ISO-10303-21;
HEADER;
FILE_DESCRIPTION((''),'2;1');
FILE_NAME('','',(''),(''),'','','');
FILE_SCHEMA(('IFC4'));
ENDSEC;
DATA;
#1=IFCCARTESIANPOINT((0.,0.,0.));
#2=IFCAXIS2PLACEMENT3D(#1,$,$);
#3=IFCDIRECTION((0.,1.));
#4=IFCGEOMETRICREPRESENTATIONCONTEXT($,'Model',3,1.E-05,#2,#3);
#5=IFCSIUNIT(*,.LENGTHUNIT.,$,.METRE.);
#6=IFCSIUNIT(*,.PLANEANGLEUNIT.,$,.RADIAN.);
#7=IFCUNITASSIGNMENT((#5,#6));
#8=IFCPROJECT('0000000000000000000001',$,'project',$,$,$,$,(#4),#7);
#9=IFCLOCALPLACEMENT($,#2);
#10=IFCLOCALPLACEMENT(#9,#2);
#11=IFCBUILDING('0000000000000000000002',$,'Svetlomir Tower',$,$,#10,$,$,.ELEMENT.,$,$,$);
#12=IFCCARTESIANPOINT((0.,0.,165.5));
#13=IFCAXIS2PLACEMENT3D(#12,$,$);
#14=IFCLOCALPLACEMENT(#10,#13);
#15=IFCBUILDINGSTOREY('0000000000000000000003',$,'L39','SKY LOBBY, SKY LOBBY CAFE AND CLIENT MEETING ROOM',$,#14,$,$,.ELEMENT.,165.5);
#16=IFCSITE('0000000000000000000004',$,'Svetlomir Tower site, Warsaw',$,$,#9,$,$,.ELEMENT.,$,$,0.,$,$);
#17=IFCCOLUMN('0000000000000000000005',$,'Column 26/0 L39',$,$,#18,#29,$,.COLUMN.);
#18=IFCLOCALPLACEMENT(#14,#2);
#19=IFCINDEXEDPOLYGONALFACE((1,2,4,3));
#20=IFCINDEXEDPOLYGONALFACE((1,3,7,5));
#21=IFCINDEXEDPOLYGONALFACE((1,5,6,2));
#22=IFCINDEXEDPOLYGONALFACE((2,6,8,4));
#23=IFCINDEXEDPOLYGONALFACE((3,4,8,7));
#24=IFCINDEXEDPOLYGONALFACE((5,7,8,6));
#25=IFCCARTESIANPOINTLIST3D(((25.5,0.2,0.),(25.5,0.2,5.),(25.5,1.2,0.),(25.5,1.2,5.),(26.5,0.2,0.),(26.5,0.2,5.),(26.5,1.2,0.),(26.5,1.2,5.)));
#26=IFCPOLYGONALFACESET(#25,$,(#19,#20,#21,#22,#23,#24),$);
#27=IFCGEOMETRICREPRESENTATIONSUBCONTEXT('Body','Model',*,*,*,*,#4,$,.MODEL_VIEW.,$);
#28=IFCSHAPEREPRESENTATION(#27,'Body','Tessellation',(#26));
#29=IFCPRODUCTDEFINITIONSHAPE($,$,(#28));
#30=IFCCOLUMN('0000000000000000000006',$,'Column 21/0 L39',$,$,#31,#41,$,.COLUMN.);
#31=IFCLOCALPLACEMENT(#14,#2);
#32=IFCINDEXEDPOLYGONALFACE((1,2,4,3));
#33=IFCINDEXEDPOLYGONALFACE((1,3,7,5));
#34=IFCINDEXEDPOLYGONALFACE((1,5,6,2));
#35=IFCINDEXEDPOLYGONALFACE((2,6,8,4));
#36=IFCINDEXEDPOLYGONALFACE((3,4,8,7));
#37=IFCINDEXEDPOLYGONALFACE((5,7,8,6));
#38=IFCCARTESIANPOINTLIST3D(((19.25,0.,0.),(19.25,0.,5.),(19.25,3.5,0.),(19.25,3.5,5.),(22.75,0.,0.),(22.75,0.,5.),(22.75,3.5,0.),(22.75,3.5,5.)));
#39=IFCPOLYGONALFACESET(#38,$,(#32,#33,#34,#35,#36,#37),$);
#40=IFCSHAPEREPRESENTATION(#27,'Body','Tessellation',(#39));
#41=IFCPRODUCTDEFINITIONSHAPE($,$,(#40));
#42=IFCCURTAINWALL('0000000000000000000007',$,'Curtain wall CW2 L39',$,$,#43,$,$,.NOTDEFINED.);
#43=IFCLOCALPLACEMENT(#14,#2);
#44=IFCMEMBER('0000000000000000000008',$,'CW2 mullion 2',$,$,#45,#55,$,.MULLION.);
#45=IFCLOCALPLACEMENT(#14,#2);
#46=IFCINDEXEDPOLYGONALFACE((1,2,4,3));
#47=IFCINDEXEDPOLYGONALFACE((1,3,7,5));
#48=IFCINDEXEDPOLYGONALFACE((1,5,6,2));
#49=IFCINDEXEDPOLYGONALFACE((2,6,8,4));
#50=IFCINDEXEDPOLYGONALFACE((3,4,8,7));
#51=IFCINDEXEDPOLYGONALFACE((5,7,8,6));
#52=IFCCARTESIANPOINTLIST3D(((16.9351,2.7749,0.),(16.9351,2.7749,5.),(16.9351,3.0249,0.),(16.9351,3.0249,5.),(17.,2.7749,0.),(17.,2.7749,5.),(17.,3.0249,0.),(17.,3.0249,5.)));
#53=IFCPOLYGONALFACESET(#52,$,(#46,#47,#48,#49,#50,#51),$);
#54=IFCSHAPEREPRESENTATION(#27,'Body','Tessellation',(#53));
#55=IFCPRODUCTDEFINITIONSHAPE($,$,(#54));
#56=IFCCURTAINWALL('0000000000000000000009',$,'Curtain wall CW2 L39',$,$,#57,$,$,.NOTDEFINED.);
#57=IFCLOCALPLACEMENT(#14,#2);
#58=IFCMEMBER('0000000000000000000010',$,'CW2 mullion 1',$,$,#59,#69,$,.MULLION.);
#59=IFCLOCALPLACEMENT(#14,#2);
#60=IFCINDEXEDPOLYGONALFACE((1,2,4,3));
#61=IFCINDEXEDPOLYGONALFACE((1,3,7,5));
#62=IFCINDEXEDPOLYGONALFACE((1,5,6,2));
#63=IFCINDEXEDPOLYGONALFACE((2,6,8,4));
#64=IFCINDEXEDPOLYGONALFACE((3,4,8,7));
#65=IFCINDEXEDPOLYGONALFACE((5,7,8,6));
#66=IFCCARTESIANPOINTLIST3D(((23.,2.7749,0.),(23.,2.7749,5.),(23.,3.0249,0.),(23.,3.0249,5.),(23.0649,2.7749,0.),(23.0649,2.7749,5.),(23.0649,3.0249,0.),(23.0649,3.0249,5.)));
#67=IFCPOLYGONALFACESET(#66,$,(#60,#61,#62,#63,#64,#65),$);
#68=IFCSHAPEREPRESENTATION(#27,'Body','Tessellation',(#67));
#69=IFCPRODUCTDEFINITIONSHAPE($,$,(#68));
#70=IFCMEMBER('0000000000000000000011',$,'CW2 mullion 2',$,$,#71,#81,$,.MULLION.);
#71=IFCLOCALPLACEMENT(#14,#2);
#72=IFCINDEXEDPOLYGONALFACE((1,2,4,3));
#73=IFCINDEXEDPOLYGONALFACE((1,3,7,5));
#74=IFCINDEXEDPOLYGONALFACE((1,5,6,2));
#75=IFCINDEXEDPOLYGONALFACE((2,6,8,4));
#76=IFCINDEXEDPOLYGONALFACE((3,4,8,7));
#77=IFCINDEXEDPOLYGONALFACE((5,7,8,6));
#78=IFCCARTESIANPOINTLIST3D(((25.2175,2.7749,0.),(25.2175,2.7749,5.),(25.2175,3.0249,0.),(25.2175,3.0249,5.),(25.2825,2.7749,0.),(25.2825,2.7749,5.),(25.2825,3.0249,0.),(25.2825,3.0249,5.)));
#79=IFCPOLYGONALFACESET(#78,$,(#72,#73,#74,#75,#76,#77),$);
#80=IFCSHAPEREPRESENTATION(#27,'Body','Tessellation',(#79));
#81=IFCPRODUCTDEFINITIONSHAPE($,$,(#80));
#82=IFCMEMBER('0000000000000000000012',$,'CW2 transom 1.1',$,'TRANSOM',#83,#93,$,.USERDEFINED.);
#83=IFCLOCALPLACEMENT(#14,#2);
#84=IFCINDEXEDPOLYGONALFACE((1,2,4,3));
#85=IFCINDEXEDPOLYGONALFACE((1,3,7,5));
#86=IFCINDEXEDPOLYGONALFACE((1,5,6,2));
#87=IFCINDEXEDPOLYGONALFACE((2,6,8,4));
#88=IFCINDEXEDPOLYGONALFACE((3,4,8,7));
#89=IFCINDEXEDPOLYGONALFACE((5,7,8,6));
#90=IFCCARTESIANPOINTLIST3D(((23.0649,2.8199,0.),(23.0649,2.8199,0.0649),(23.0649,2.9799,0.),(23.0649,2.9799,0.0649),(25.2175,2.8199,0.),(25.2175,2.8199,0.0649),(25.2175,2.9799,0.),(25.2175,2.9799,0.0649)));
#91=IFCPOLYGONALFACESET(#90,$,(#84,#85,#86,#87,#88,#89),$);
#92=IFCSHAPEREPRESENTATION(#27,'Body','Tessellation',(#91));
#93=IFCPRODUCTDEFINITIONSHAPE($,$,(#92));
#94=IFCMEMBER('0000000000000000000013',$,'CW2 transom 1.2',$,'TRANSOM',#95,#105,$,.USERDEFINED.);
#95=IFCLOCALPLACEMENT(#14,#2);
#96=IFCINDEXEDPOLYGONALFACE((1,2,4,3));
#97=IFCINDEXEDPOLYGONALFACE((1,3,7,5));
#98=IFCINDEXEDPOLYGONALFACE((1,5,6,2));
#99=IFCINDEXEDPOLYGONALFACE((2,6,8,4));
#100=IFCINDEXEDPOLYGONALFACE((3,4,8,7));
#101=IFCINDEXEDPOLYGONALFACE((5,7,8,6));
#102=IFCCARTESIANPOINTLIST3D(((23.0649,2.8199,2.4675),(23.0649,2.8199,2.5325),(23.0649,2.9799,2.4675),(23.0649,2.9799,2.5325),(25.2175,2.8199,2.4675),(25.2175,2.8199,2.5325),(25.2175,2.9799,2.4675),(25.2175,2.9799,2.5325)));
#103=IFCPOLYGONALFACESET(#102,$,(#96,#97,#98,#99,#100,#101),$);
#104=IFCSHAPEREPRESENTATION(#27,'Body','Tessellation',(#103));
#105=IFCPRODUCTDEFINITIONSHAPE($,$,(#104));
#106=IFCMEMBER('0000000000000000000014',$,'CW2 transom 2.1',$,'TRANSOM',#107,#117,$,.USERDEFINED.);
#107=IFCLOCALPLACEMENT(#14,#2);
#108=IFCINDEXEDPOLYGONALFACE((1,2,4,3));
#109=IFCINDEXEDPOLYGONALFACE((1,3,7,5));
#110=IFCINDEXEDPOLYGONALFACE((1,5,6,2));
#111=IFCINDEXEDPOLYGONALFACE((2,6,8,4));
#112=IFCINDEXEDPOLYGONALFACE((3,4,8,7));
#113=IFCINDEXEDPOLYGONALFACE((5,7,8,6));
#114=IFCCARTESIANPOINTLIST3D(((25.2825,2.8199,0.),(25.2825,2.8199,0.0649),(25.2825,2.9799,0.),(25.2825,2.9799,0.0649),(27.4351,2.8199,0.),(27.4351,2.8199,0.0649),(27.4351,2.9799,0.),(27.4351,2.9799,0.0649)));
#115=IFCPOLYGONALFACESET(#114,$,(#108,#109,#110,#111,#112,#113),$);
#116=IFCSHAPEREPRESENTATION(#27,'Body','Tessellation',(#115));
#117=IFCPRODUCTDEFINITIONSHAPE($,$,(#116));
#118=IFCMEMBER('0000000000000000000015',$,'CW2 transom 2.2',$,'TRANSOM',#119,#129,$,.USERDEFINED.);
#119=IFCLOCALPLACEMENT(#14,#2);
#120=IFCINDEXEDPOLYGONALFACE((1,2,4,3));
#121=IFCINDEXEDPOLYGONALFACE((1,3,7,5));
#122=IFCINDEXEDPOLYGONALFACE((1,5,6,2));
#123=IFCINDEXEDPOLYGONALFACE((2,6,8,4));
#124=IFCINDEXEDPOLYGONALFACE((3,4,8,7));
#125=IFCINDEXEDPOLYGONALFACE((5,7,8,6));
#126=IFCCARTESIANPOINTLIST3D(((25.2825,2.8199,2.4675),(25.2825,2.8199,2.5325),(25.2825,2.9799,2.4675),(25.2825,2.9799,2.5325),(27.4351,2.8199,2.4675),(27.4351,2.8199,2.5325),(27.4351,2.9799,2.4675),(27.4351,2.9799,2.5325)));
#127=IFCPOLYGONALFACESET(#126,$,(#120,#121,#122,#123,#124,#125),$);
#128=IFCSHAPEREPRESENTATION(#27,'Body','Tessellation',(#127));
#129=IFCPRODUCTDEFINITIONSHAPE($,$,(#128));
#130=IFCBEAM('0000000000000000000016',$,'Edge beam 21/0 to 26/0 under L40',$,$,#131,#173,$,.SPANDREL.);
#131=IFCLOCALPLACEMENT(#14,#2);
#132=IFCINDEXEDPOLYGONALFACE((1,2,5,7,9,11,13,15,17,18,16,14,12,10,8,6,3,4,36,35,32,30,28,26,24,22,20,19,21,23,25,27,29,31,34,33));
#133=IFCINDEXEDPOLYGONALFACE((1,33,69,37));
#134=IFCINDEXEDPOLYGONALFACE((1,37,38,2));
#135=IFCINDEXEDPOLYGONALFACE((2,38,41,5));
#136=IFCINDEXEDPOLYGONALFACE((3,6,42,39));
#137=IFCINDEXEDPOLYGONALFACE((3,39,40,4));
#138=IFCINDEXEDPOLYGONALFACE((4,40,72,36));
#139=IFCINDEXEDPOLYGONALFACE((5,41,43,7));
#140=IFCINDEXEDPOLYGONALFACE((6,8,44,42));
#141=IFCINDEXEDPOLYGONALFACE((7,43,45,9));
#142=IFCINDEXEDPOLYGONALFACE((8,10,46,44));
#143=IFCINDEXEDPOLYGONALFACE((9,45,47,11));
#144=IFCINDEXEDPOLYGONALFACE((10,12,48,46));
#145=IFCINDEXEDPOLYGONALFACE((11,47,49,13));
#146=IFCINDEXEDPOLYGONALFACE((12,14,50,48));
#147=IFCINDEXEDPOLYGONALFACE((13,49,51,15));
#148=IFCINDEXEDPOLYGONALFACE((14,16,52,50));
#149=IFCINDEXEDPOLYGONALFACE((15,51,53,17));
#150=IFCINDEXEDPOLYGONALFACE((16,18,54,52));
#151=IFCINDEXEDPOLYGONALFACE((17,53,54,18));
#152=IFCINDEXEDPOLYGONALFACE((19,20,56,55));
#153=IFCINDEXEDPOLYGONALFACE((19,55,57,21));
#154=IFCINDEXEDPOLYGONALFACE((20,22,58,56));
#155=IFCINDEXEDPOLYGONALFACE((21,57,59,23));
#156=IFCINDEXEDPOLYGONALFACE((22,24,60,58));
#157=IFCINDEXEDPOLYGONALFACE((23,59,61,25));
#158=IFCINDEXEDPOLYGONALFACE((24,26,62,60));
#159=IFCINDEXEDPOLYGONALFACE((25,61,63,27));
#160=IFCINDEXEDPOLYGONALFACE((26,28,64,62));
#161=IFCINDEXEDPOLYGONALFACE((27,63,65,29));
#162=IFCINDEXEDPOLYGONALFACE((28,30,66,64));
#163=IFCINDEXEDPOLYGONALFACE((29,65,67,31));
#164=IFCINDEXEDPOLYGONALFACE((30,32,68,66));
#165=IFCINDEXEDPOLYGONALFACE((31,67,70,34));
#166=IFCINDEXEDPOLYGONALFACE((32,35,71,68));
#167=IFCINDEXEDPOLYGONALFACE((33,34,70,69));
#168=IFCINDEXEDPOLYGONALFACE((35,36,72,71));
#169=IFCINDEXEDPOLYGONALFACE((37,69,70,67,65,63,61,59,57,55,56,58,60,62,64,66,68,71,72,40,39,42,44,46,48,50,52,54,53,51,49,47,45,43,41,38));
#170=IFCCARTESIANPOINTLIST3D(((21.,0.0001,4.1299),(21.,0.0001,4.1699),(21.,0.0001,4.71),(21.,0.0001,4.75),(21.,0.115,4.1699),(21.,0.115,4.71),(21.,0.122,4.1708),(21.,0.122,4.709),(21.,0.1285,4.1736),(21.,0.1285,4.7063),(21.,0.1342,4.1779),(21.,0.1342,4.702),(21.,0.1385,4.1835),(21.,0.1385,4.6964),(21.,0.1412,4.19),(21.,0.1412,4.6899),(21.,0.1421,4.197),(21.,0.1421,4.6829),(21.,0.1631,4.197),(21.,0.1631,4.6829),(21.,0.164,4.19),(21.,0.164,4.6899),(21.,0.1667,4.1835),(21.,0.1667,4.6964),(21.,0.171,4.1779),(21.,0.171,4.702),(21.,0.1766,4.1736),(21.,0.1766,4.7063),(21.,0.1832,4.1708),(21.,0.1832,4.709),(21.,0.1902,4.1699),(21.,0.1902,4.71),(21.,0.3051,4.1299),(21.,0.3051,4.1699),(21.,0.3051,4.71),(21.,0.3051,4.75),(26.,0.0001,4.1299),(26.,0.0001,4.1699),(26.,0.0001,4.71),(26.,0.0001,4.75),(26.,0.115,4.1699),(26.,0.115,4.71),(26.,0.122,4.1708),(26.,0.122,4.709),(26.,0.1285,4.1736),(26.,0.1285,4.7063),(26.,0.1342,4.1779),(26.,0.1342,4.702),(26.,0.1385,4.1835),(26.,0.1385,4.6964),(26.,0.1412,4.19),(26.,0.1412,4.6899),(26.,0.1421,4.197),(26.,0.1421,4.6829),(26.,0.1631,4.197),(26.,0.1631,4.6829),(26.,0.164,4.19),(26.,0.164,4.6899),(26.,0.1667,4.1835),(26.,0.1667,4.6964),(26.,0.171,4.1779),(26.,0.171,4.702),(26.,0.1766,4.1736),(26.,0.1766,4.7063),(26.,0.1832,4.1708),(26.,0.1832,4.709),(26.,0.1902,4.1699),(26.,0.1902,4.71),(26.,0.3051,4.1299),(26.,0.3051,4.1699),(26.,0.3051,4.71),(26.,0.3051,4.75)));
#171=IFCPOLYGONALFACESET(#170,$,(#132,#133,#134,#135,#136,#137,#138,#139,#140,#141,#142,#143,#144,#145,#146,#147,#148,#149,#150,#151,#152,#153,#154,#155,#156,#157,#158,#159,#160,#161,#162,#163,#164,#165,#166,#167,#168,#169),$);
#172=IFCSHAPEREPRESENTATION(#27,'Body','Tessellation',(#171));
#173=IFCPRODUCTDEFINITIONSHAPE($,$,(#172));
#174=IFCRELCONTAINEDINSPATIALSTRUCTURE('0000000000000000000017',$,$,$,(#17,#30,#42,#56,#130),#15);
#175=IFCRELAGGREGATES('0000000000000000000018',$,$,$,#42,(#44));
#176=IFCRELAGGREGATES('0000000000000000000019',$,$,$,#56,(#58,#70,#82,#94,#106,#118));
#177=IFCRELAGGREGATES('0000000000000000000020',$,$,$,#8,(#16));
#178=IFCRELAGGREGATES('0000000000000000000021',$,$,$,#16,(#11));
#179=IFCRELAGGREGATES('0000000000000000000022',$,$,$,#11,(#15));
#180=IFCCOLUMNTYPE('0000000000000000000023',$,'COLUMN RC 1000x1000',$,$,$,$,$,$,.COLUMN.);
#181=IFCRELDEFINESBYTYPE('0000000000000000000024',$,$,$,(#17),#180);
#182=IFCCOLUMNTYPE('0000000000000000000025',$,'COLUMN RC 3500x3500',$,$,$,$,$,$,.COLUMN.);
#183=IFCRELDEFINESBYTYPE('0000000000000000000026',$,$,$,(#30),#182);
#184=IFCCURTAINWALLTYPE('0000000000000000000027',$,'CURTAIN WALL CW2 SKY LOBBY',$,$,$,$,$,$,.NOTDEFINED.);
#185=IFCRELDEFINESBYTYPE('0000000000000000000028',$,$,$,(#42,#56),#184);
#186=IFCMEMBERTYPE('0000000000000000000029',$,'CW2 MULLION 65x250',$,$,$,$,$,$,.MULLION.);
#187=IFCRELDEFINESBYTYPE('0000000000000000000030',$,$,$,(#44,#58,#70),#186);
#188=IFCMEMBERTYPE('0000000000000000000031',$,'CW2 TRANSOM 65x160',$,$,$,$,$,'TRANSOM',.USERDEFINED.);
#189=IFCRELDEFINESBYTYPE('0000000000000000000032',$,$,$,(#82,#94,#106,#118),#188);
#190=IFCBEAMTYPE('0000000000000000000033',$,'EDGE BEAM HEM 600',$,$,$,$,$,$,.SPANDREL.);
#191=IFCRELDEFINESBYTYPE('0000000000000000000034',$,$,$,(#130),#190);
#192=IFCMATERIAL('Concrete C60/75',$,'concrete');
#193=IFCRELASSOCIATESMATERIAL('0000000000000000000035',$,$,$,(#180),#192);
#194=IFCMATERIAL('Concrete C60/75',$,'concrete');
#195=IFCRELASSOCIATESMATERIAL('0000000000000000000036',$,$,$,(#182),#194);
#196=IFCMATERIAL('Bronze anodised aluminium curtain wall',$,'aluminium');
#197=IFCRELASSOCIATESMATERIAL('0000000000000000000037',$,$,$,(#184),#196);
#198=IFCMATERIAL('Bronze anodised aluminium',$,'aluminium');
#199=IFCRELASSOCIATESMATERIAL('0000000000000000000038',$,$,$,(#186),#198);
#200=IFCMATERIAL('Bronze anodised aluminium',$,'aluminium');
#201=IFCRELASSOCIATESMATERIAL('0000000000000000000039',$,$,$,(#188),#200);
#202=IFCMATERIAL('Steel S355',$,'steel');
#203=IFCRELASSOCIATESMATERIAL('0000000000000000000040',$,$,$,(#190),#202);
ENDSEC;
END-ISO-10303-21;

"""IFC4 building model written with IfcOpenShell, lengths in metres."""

from ifc_helpers import new_model, si_unit, direction, frame, origin, origin_2d, place, context, subcontext, project, spatial, rectangle, i_section, extrude, material, material_profile, profile_set, type_object, element, aggregate, save


model = new_model("IFC4")

# Units and contexts
model_context = context("Model", 3, precision=1e-05, world=origin(), true_north=direction((0.0, 1.0)))
body_context = subcontext(model_context, "Body", "Model", "MODEL_VIEW")
ifc_project = project(units=[si_unit("LENGTHUNIT", "METRE"), si_unit("PLANEANGLEUNIT", "RADIAN")], contexts=[model_context])

# Site, building, storey
site_placement = place(None, origin())
site = spatial("IfcSite", under=ifc_project, at=site_placement, Name="Svetlomir Tower site, Warsaw", CompositionType="ELEMENT", RefElevation=0.0)
building_placement = place(site_placement, origin())
building = spatial("IfcBuilding", under=site, at=building_placement, Name="Svetlomir Tower", CompositionType="ELEMENT")
storey_placement = place(building_placement, frame((0.0, 0.0, 165.5)))
storey = spatial("IfcBuildingStorey", under=building, at=storey_placement, Name="L39", Description="SKY LOBBY, SKY LOBBY CAFE AND CLIENT MEETING ROOM", CompositionType="ELEMENT", Elevation=165.5)

# Columns
ifc_material_1 = material(Name="Concrete C60/75", Category="concrete")
ifc_material_profile_1 = material_profile(ifc_material_1, rectangle(XDim=1.0, YDim=1.0, at=origin_2d()), Name="RC 1000x1000")
ifc_profile_set_1 = profile_set([ifc_material_profile_1], Name="Concrete C60/75")
column_type_1 = type_object("IfcColumnType", Name="COLUMN RC 1000x1000", PredefinedType="COLUMN", material=ifc_profile_set_1)
column_1_placement = place(storey_placement, frame((26.0, 0.7, 0.0), z_axis=(0.0, 0.0, 1.0), x_axis=(1.0, 0.0, 0.0)))
element("IfcColumn", 1, at=column_1_placement, inside=storey, type_object=column_type_1, Name="Column 26/0 L39", PredefinedType="COLUMN", context=body_context, shape_type="SweptSolid", body=[
    extrude(rectangle(XDim=1.0, YDim=1.0, at=origin_2d()), origin(), (0.0, 0.0, 1.0), 5.0),
])
ifc_material_2 = material(Name="Concrete C60/75", Category="concrete")
ifc_material_profile_2 = material_profile(ifc_material_2, rectangle(XDim=3.5, YDim=3.5, at=origin_2d()), Name="RC 3500x3500")
ifc_profile_set_2 = profile_set([ifc_material_profile_2], Name="Concrete C60/75")
column_type_2 = type_object("IfcColumnType", Name="COLUMN RC 3500x3500", PredefinedType="COLUMN", material=ifc_profile_set_2)
column_2_placement = place(storey_placement, frame((21.0, 1.75, 0.0), z_axis=(0.0, 0.0, 1.0), x_axis=(1.0, 0.0, 0.0)))
element("IfcColumn", 2, at=column_2_placement, inside=storey, type_object=column_type_2, Name="Column 21/0 L39", PredefinedType="COLUMN", context=body_context, shape_type="SweptSolid", body=[
    extrude(rectangle(XDim=3.5, YDim=3.5, at=origin_2d()), origin(), (0.0, 0.0, 1.0), 5.0),
])

# Curtain wall, member
ifc_material_3 = material(Name="Bronze anodised aluminium curtain wall", Category="aluminium")
curtain_wall_type = type_object("IfcCurtainWallType", Name="CURTAIN WALL CW2 SKY LOBBY", PredefinedType="NOTDEFINED", material=ifc_material_3)
curtain_wall_1_placement = place(storey_placement, origin())
curtain_wall_1 = element("IfcCurtainWall", 3, at=curtain_wall_1_placement, inside=storey, type_object=curtain_wall_type, Name="Curtain wall CW2 L39", PredefinedType="NOTDEFINED")
ifc_material_4 = material(Name="Bronze anodised aluminium", Category="aluminium")
ifc_material_profile_3 = material_profile(ifc_material_4, rectangle(XDim=0.0649, YDim=0.25, at=origin_2d()), Name="AL 65x250")
ifc_profile_set_3 = profile_set([ifc_material_profile_3], Name="Bronze anodised aluminium 6063-T6")
member_type_1 = type_object("IfcMemberType", Name="CW2 MULLION 65x250", PredefinedType="MULLION", material=ifc_profile_set_3)
member_1_placement = place(storey_placement, frame((16.9675, 2.8999, 0.0), z_axis=(0.0, 0.0, 1.0), x_axis=(1.0, 0.0, 0.0)))
member_1 = element("IfcMember", 4, at=member_1_placement, type_object=member_type_1, Name="CW2 mullion 2", PredefinedType="MULLION", context=body_context, shape_type="SweptSolid", body=[
    extrude(rectangle(XDim=0.0649, YDim=0.25, at=origin_2d()), origin(), (0.0, 0.0, 1.0), 5.0),
])
aggregate(curtain_wall_1, [member_1])

# Curtain wall, members
curtain_wall_2_placement = place(storey_placement, origin())
curtain_wall_2 = element("IfcCurtainWall", 5, at=curtain_wall_2_placement, inside=storey, type_object=curtain_wall_type, Name="Curtain wall CW2 L39", PredefinedType="NOTDEFINED")
member_2_placement = place(storey_placement, frame((23.0325, 2.8999, 0.0), z_axis=(0.0, 0.0, 1.0), x_axis=(1.0, 0.0, 0.0)))
member_2 = element("IfcMember", 6, at=member_2_placement, type_object=member_type_1, Name="CW2 mullion 1", PredefinedType="MULLION", context=body_context, shape_type="SweptSolid", body=[
    extrude(rectangle(XDim=0.0649, YDim=0.25, at=origin_2d()), origin(), (0.0, 0.0, 1.0), 5.0),
])
member_3_placement = place(storey_placement, frame((25.25, 2.8999, 0.0), z_axis=(0.0, 0.0, 1.0), x_axis=(1.0, 0.0, 0.0)))
member_3 = element("IfcMember", 7, at=member_3_placement, type_object=member_type_1, Name="CW2 mullion 2", PredefinedType="MULLION", context=body_context, shape_type="SweptSolid", body=[
    extrude(rectangle(XDim=0.0649, YDim=0.25, at=origin_2d()), origin(), (0.0, 0.0, 1.0), 5.0),
])
ifc_material_5 = material(Name="Bronze anodised aluminium", Category="aluminium")
ifc_material_profile_4 = material_profile(ifc_material_5, rectangle(XDim=0.1599, YDim=0.0649, at=origin_2d()), Name="AL 160x65")
ifc_profile_set_4 = profile_set([ifc_material_profile_4], Name="Bronze anodised aluminium 6063-T6")
member_type_2 = type_object("IfcMemberType", Name="CW2 TRANSOM 65x160", ElementType="TRANSOM", PredefinedType="USERDEFINED", material=ifc_profile_set_4)
member_4_placement = place(storey_placement, frame((23.0649, 2.8999, 0.0325), z_axis=(1.0, 0.0, 0.0), x_axis=(0.0, 1.0, 0.0)))
member_4 = element("IfcMember", 8, at=member_4_placement, type_object=member_type_2, Name="CW2 transom 1.1", ObjectType="TRANSOM", PredefinedType="USERDEFINED", context=body_context, shape_type="SweptSolid", body=[
    extrude(rectangle(XDim=0.1599, YDim=0.0649, at=origin_2d()), origin(), (0.0, 0.0, 1.0), 2.1526),
])
member_5_placement = place(storey_placement, frame((23.0649, 2.8999, 2.5), z_axis=(1.0, 0.0, 0.0), x_axis=(0.0, 1.0, 0.0)))
member_5 = element("IfcMember", 9, at=member_5_placement, type_object=member_type_2, Name="CW2 transom 1.2", ObjectType="TRANSOM", PredefinedType="USERDEFINED", context=body_context, shape_type="SweptSolid", body=[
    extrude(rectangle(XDim=0.1599, YDim=0.0649, at=origin_2d()), origin(), (0.0, 0.0, 1.0), 2.1526),
])
member_6_placement = place(storey_placement, frame((25.2825, 2.8999, 0.0325), z_axis=(1.0, 0.0, 0.0), x_axis=(0.0, 1.0, 0.0)))
member_6 = element("IfcMember", 10, at=member_6_placement, type_object=member_type_2, Name="CW2 transom 2.1", ObjectType="TRANSOM", PredefinedType="USERDEFINED", context=body_context, shape_type="SweptSolid", body=[
    extrude(rectangle(XDim=0.1599, YDim=0.0649, at=origin_2d()), origin(), (0.0, 0.0, 1.0), 2.1526),
])
member_7_placement = place(storey_placement, frame((25.2825, 2.8999, 2.5), z_axis=(1.0, 0.0, 0.0), x_axis=(0.0, 1.0, 0.0)))
member_7 = element("IfcMember", 11, at=member_7_placement, type_object=member_type_2, Name="CW2 transom 2.2", ObjectType="TRANSOM", PredefinedType="USERDEFINED", context=body_context, shape_type="SweptSolid", body=[
    extrude(rectangle(XDim=0.1599, YDim=0.0649, at=origin_2d()), origin(), (0.0, 0.0, 1.0), 2.1526),
])

# Beam
ifc_material_6 = material(Name="Steel S355", Category="steel")
ifc_material_profile_5 = material_profile(ifc_material_6, i_section(OverallWidth=0.3049, OverallDepth=0.6201, WebThickness=0.021, FlangeThickness=0.04, FilletRadius=0.0271, at=origin_2d()), Name="HEM 600")
ifc_profile_set_5 = profile_set([ifc_material_profile_5], Name="Steel S355")
beam_type_1 = type_object("IfcBeamType", Name="EDGE BEAM HEM 600", PredefinedType="SPANDREL", material=ifc_profile_set_5)
beam_1_placement = place(storey_placement, frame((21.0, 0.1526, 4.4399), z_axis=(1.0, 0.0, 0.0), x_axis=(0.0, 1.0, 0.0)))
element("IfcBeam", 12, at=beam_1_placement, inside=storey, type_object=beam_type_1, Name="Edge beam 21/0 to 26/0 under L40", PredefinedType="SPANDREL", context=body_context, shape_type="SweptSolid", body=[
    extrude(i_section(OverallWidth=0.3049, OverallDepth=0.6201, WebThickness=0.021, FlangeThickness=0.04, FilletRadius=0.0271, at=origin_2d()), origin(), (0.0, 0.0, 1.0), 5.0),
])

aggregate(curtain_wall_2, [member_2, member_3, member_4, member_5, member_6, member_7])

save(model, "model.ifc")
